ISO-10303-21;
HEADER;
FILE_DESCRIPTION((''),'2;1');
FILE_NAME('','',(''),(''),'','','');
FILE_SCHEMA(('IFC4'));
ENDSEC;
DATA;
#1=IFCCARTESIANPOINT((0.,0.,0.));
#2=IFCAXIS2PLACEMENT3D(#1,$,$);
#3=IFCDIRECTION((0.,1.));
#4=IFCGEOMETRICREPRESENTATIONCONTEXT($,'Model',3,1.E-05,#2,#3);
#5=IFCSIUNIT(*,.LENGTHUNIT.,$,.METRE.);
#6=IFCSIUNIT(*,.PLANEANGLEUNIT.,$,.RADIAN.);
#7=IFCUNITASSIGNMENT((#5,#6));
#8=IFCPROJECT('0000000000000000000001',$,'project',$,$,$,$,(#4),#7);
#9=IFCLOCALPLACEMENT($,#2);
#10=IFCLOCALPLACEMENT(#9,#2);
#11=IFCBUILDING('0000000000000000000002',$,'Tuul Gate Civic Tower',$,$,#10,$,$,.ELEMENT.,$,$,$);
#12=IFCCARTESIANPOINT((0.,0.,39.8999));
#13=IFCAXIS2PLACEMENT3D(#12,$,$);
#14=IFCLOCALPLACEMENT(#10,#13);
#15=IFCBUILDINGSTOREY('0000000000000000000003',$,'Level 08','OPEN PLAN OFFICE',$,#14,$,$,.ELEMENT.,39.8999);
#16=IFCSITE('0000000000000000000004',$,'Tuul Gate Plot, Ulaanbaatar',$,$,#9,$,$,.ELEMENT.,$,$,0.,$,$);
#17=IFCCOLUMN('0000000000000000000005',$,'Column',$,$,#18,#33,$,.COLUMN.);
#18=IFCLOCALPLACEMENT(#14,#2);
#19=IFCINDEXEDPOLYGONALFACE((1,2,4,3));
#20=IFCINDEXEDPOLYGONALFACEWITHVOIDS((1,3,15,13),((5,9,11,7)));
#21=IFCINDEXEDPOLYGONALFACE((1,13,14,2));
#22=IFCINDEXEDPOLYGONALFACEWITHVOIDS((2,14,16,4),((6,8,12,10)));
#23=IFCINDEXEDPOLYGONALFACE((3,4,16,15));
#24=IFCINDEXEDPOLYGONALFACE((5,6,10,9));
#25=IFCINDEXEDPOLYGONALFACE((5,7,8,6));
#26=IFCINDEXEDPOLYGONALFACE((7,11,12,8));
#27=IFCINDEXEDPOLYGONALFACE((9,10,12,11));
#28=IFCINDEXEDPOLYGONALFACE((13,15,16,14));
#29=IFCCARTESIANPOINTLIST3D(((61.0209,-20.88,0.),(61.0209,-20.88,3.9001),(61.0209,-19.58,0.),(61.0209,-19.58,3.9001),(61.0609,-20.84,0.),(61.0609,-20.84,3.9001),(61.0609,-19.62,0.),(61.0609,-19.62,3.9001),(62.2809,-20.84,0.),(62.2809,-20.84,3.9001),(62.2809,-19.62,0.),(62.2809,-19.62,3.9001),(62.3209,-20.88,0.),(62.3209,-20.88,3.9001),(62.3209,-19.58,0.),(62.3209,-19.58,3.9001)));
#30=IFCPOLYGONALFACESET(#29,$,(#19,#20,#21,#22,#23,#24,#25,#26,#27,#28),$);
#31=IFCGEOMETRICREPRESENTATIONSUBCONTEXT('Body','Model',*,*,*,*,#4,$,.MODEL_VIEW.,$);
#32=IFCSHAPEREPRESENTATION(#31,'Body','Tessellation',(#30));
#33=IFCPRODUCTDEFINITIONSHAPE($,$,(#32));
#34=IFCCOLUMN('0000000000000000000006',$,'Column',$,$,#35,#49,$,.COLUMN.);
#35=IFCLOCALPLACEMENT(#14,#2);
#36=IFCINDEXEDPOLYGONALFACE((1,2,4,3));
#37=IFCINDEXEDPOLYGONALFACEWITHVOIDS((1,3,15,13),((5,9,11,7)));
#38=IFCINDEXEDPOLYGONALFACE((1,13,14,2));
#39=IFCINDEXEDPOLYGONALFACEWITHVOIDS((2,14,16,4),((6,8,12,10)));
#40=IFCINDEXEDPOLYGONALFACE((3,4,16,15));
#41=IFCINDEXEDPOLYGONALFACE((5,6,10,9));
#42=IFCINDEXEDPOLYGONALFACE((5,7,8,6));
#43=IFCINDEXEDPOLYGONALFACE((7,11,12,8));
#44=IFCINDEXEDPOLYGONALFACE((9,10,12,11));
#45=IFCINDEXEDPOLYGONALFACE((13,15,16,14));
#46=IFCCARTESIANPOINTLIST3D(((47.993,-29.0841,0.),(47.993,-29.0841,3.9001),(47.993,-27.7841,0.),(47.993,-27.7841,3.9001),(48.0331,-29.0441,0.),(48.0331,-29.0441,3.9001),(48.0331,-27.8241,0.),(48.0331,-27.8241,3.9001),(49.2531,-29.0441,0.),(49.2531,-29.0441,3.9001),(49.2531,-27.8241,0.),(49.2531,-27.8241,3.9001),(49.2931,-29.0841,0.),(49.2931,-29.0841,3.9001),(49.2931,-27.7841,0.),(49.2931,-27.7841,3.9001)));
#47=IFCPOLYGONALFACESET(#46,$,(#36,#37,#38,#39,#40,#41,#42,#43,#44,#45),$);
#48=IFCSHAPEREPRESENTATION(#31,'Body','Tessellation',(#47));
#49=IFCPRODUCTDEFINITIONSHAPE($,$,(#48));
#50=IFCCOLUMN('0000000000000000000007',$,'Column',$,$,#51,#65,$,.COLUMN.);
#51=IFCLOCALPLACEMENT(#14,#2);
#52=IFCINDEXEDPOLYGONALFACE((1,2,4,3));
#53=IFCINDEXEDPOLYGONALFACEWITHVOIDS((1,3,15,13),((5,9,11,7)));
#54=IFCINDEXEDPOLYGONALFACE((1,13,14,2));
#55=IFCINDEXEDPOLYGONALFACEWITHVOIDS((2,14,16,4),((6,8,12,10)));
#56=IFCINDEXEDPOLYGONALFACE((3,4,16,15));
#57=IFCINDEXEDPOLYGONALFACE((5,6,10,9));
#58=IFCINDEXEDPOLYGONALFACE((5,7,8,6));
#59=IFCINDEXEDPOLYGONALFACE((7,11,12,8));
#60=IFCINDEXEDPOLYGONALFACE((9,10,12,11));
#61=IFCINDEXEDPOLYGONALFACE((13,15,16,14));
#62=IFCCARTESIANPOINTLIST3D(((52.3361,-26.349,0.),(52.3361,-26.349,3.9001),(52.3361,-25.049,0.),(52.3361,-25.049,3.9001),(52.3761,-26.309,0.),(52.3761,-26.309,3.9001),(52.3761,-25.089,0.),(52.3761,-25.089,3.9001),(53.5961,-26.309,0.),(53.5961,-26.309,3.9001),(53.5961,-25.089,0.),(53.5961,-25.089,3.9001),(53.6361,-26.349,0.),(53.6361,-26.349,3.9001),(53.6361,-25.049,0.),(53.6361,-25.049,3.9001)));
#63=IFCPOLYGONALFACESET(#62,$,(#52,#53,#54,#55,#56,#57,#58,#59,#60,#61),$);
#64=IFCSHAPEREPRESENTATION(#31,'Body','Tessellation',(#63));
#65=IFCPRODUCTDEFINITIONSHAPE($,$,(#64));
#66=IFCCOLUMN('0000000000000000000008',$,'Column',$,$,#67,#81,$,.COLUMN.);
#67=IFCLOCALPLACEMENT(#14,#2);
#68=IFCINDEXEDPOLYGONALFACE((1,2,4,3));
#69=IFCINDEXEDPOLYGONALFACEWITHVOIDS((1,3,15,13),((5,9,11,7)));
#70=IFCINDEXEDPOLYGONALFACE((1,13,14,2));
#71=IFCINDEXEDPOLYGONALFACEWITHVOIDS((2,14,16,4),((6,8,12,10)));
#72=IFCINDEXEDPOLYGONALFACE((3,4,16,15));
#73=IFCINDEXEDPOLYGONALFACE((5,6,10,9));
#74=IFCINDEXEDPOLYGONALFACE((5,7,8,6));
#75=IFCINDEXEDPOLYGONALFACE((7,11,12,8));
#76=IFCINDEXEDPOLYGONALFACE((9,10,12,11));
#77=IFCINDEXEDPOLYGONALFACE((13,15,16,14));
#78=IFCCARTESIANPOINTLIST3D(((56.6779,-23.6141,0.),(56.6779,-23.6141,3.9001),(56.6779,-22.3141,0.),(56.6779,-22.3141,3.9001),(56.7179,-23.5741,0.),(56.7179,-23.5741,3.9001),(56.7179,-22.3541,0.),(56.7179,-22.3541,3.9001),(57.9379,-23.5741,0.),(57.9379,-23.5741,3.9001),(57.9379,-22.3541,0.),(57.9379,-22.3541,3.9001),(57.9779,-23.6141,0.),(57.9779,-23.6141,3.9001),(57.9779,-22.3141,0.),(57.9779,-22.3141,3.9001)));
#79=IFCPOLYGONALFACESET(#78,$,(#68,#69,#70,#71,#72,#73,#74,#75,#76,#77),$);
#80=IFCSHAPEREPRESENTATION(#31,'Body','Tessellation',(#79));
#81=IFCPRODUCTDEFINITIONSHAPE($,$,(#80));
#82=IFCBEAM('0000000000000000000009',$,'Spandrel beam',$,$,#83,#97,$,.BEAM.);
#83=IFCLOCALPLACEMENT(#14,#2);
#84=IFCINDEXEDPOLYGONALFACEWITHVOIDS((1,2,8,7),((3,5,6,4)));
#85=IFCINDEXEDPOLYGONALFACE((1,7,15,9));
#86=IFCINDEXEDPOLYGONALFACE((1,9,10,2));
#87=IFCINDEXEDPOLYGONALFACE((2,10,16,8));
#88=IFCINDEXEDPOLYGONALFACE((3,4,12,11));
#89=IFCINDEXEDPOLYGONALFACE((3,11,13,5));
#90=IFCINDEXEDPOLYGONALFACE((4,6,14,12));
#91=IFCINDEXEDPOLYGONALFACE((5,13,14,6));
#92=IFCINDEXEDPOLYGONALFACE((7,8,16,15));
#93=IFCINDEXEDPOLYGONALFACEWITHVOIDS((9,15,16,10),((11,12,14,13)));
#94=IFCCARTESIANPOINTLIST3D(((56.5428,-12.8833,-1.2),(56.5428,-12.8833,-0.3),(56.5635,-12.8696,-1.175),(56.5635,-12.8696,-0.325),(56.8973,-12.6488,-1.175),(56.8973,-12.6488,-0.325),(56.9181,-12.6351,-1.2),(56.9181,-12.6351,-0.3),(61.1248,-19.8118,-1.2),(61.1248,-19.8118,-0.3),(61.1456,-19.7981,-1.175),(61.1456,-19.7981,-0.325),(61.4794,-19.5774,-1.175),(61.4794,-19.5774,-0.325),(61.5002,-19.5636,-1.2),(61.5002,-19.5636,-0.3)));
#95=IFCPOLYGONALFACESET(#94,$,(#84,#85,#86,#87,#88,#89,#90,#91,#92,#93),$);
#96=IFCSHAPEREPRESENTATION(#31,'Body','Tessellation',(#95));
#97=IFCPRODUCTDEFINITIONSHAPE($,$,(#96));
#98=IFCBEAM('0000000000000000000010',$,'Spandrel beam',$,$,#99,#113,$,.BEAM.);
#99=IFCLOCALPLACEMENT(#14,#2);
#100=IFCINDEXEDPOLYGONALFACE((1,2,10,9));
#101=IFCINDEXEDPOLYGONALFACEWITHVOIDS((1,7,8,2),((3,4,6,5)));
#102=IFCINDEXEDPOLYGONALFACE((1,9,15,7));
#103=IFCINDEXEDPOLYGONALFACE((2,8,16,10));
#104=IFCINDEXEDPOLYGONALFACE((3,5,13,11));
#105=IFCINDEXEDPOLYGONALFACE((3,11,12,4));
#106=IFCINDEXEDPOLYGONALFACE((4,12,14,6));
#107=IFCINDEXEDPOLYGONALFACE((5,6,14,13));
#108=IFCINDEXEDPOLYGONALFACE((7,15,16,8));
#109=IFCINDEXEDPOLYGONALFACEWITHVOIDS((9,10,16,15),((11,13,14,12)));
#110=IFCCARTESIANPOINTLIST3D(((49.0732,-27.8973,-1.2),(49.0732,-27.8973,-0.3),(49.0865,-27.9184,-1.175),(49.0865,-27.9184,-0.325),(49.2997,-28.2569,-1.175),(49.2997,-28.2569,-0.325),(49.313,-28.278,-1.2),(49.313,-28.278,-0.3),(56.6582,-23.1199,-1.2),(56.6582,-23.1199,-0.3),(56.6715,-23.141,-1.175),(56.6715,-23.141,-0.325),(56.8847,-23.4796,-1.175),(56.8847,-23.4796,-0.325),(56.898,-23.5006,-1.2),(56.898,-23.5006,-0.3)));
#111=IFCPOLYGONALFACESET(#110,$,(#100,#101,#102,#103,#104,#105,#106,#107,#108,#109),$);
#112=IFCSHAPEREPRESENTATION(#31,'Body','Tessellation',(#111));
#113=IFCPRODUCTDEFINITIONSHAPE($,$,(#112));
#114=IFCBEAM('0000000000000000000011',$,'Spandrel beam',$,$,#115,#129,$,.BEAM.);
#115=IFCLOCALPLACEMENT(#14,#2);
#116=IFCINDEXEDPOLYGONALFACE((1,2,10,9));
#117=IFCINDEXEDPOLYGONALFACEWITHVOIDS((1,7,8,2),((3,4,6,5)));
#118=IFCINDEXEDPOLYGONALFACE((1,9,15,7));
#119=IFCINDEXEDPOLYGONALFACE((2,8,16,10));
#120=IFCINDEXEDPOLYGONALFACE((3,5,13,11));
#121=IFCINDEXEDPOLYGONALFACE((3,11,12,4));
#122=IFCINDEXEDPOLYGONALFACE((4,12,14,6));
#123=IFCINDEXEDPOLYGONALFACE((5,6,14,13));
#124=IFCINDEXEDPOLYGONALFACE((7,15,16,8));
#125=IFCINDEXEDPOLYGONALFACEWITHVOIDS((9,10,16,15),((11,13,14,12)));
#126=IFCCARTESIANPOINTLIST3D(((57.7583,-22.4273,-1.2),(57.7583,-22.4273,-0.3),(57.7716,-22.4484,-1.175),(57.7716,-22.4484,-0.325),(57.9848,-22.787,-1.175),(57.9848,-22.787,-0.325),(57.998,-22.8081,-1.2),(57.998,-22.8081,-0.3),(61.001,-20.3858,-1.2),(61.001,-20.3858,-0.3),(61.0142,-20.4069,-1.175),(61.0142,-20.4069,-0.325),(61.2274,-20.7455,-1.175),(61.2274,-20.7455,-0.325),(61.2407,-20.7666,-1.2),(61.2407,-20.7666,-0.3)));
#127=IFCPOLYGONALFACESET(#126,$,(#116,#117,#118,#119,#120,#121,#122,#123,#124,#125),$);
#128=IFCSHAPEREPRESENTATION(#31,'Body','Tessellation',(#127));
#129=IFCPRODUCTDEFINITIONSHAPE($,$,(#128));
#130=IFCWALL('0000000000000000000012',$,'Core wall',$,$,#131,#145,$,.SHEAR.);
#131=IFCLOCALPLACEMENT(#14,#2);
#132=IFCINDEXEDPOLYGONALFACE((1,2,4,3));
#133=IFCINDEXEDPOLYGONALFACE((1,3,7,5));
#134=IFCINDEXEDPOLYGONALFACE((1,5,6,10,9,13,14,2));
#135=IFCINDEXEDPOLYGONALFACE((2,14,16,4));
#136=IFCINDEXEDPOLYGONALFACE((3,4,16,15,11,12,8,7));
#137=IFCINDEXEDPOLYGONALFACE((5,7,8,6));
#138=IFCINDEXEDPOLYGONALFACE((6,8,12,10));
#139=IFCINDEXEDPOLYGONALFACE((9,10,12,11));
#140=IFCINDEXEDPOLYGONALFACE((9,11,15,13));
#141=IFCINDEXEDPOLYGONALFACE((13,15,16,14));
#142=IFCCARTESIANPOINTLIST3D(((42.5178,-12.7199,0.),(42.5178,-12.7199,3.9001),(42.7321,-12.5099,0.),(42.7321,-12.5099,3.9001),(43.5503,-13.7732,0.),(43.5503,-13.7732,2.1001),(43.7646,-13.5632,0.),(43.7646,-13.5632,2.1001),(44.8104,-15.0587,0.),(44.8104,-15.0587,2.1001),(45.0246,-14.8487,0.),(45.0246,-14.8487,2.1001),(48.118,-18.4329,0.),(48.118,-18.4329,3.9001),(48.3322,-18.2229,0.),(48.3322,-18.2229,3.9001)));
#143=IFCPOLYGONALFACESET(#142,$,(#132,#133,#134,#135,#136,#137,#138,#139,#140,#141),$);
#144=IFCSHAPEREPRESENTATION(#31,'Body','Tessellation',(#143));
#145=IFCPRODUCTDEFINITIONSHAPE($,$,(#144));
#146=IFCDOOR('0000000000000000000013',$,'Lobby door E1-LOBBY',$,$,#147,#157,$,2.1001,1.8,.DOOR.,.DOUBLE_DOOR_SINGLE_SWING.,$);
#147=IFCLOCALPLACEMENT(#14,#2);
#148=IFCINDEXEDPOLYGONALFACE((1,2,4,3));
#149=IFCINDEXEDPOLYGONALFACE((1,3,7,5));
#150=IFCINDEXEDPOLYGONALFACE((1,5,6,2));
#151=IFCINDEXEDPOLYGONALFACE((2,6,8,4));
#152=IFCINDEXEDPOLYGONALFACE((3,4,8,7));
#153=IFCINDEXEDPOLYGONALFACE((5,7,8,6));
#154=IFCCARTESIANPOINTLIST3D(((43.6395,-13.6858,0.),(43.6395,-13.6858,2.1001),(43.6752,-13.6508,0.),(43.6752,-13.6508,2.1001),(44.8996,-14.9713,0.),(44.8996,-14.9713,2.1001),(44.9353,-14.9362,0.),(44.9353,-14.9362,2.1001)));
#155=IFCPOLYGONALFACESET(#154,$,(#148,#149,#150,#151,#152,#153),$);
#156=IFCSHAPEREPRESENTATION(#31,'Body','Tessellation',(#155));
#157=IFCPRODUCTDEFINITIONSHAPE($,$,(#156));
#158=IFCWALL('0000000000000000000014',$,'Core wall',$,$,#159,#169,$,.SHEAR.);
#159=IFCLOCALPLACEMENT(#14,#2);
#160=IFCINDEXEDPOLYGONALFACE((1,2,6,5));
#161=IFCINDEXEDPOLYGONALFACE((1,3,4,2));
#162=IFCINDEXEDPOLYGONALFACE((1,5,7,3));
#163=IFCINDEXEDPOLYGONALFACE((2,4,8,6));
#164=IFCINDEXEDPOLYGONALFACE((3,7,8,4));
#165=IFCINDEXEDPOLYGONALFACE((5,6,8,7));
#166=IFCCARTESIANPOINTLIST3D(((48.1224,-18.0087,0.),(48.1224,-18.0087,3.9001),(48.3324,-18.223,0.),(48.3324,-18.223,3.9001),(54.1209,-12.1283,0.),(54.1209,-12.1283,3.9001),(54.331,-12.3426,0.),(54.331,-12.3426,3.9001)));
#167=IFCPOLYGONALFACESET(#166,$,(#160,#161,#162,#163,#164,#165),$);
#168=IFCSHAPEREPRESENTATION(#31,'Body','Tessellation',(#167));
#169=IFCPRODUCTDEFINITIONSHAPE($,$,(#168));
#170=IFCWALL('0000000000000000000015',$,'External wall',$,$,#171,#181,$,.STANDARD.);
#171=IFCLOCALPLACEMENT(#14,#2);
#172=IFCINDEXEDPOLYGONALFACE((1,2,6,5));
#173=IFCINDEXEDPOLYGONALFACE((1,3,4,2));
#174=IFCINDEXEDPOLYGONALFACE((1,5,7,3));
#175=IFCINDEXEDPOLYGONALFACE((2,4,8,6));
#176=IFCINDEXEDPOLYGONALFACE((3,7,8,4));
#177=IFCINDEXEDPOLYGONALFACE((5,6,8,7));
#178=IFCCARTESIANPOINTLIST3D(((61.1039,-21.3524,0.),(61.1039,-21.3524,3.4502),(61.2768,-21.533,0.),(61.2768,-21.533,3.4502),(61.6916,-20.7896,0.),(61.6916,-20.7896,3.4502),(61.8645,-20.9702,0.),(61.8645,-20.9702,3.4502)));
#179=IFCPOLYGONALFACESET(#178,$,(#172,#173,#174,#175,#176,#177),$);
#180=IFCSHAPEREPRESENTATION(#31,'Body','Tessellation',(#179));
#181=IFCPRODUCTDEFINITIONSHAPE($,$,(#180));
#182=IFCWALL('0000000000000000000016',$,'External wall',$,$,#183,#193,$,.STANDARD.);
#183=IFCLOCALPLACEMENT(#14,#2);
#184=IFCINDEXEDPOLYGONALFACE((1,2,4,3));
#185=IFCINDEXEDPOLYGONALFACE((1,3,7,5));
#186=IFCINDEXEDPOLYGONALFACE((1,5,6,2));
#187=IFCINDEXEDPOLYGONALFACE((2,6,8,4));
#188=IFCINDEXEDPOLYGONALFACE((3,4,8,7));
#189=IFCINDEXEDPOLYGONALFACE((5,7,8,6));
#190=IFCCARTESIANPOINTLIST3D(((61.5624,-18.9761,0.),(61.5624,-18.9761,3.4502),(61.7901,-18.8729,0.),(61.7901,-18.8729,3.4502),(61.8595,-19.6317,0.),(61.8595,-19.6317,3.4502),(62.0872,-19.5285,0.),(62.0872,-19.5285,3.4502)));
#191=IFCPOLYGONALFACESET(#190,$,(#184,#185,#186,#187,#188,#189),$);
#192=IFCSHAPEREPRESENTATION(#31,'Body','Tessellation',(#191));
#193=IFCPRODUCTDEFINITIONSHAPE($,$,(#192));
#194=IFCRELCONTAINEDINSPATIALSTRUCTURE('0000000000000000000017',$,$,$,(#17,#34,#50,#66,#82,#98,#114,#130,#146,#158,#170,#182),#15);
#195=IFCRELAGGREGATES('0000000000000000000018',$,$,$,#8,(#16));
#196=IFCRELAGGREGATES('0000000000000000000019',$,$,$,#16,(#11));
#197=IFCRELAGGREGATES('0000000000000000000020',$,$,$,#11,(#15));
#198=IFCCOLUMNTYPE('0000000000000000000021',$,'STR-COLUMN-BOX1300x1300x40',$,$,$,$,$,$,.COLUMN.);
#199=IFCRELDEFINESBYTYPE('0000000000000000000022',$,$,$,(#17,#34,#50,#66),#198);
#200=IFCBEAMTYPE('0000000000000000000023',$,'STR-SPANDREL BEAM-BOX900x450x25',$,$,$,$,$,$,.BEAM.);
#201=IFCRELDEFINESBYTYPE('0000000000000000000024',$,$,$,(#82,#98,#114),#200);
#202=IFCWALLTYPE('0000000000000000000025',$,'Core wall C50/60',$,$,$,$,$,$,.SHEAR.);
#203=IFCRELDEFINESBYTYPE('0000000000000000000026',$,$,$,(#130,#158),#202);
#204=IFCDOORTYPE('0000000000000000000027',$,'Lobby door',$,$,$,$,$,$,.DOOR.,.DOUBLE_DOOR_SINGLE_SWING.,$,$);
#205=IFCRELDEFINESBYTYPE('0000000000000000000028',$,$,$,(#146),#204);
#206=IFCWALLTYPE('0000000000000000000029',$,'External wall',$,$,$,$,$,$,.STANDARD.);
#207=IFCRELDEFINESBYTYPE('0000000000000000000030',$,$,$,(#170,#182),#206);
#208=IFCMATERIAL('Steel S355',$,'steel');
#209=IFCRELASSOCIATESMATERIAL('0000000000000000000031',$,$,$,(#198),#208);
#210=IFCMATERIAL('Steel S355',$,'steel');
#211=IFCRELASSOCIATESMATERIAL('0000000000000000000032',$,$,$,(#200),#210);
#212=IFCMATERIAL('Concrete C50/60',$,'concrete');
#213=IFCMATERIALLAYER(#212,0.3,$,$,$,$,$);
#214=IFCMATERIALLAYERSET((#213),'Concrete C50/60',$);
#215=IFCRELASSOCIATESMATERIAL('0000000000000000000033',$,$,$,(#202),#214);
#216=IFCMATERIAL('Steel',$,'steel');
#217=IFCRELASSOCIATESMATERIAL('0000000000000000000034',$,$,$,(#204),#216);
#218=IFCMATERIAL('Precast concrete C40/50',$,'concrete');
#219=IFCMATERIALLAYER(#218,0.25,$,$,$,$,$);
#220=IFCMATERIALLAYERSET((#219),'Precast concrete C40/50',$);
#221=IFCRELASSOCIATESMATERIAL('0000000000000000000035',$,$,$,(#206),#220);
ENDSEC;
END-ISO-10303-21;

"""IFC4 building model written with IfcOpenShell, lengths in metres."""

from ifc_helpers import new_model, si_unit, direction, frame, frame_2d, origin, origin_2d, place, context, subcontext, project, spatial, rectangle, hollow_rectangle, extrude, material, layer, layer_set, material_profile, profile_set, type_object, element, fill, save


model = new_model("IFC4")

# Units and contexts
model_context = context("Model", 3, precision=1e-05, world=origin(), true_north=direction((0.0, 1.0)))
body_context = subcontext(model_context, "Body", "Model", "MODEL_VIEW")
ifc_project = project(units=[si_unit("LENGTHUNIT", "METRE"), si_unit("PLANEANGLEUNIT", "RADIAN")], contexts=[model_context])

# Site, building, storey
site_placement = place(None, origin())
site = spatial("IfcSite", under=ifc_project, at=site_placement, Name="Tuul Gate Plot, Ulaanbaatar", CompositionType="ELEMENT", RefElevation=0.0)
building_placement = place(site_placement, origin())
building = spatial("IfcBuilding", under=site, at=building_placement, Name="Tuul Gate Civic Tower", CompositionType="ELEMENT")
storey_placement = place(building_placement, frame((0.0, 0.0, 39.8999)))
storey = spatial("IfcBuildingStorey", under=building, at=storey_placement, Name="Level 08", Description="OPEN PLAN OFFICE", CompositionType="ELEMENT", Elevation=39.8999)

# Columns
ifc_material_1 = material(Name="Steel S355", Category="steel")
ifc_material_profile_1 = material_profile(ifc_material_1, hollow_rectangle(XDim=1.3, YDim=1.3, WallThickness=0.04, at=origin_2d()), Name="BOX1300x1300x40")
ifc_profile_set_1 = profile_set([ifc_material_profile_1], Name="Steel S355")
column_type = type_object("IfcColumnType", Name="STR-COLUMN-BOX1300x1300x40", PredefinedType="COLUMN", material=ifc_profile_set_1)
for number, where, z_axis, x_axis, name in (
    (1, (61.6709, -20.23, 0.0), (0.0, 0.0, 1.0), (1.0, 0.0, 0.0), "Column"),
    (2, (48.6431, -28.4341, 0.0), (0.0, 0.0, 1.0), (1.0, 0.0, 0.0), "Column"),
    (3, (52.9861, -25.699, 0.0), (0.0, 0.0, 1.0), (1.0, 0.0, 0.0), "Column"),
    (4, (57.3279, -22.9641, 0.0), (0.0, 0.0, 1.0), (1.0, 0.0, 0.0), "Column"),
):
    element("IfcColumn", number, at=place(storey_placement, frame(where, z_axis=z_axis, x_axis=x_axis)), inside=storey, type_object=column_type, Name=name, PredefinedType="COLUMN", context=body_context, shape_type="SweptSolid", body=[
        extrude(hollow_rectangle(XDim=1.3, YDim=1.3, WallThickness=0.04, at=origin_2d()), origin(), (0.0, 0.0, 1.0), 3.9001),
    ])

# Beams
ifc_material_2 = material(Name="Steel S355", Category="steel")
ifc_material_profile_2 = material_profile(ifc_material_2, hollow_rectangle(XDim=0.45, YDim=0.8999, WallThickness=0.0249, at=origin_2d()), Name="BOX900x450x25")
ifc_profile_set_2 = profile_set([ifc_material_profile_2], Name="Steel S355")
beam_type = type_object("IfcBeamType", Name="STR-SPANDREL BEAM-BOX900x450x25", PredefinedType="BEAM", material=ifc_profile_set_2)
beam_1_placement = place(storey_placement, frame((61.3125, -19.6877, -0.75), z_axis=(-0.551617, 0.834097, 0.0), x_axis=(-0.834097, -0.551617, 0.0)))
element("IfcBeam", 5, at=beam_1_placement, inside=storey, type_object=beam_type, Name="Spandrel beam", PredefinedType="BEAM", context=body_context, shape_type="SweptSolid", body=[
    extrude(hollow_rectangle(XDim=0.45, YDim=0.8999, WallThickness=0.0249, at=origin_2d()), origin(), (0.0, 0.0, 1.0), 8.3066),
])
beam_2_placement = place(storey_placement, frame((49.1931, -28.0876, -0.75), z_axis=(0.846151, 0.532943, 0.0), x_axis=(-0.532943, 0.846151, 0.0)))
element("IfcBeam", 6, at=beam_2_placement, inside=storey, type_object=beam_type, Name="Spandrel beam", PredefinedType="BEAM", context=body_context, shape_type="SweptSolid", body=[
    extrude(hollow_rectangle(XDim=0.45, YDim=0.8999, WallThickness=0.0249, at=origin_2d()), origin(), (0.0, 0.0, 1.0), 8.9641),
])
beam_3_placement = place(storey_placement, frame((57.8782, -22.6177, -0.75), z_axis=(0.846254, 0.532779, 0.0), x_axis=(-0.532779, 0.846254, 0.0)))
element("IfcBeam", 7, at=beam_3_placement, inside=storey, type_object=beam_type, Name="Spandrel beam", PredefinedType="BEAM", context=body_context, shape_type="SweptSolid", body=[
    extrude(hollow_rectangle(XDim=0.45, YDim=0.8999, WallThickness=0.0249, at=origin_2d()), origin(), (0.0, 0.0, 1.0), 3.8318),
])

# Wall, opening, door
ifc_material_3 = material(Name="Concrete C50/60", Category="concrete")
ifc_layer_1 = layer(ifc_material_3, 0.3)
ifc_layer_set_1 = layer_set([ifc_layer_1], Name="Concrete C50/60")
wall_type_1 = type_object("IfcWallType", Name="Core wall C50/60", PredefinedType="SHEAR", material=ifc_layer_set_1)
wall_1_placement = place(storey_placement, frame((48.2251, -18.3279, 0.0), z_axis=(0.0, 0.0, 1.0), x_axis=(-0.700022, 0.714121, 0.0)))
wall_1 = element("IfcWall", 8, at=wall_1_placement, inside=storey, type_object=wall_type_1, Name="Core wall", PredefinedType="SHEAR", context=body_context, shape_type="SweptSolid", body=[
    extrude(rectangle(XDim=8.0, YDim=0.3, at=frame_2d((4.0, 0.0))), origin(), (0.0, 0.0, 1.0), 3.9001),
])
opening_1_placement = place(wall_1_placement, frame((4.7251, 0.0, 0.0)))
opening_1 = element("IfcOpeningElement", 9, at=opening_1_placement, cuts=wall_1, PredefinedType="OPENING", context=body_context, shape_type="SweptSolid", body=[
    extrude(rectangle(XDim=1.8, YDim=2.1001, at=frame_2d((0.8999, 1.05))), frame((0.0, 0.1602, 0.0), z_axis=(0.0, -1.0, 0.0), x_axis=(1.0, 0.0, 0.0)), (0.0, 0.0, 1.0), 0.3201),
])
ifc_material_4 = material(Name="Steel", Category="steel")
door_type = type_object("IfcDoorType", Name="Lobby door", OperationType="DOUBLE_DOOR_SINGLE_SWING", PredefinedType="DOOR", material=ifc_material_4)
door_placement = place(opening_1_placement, frame((1.8, 0.0, 0.0), z_axis=(0.0, 0.0, 1.0), x_axis=(-1.0, 0.0, 0.0)))
door = element("IfcDoor", 10, at=door_placement, inside=storey, type_object=door_type, Name="Lobby door E1-LOBBY", OperationType="DOUBLE_DOOR_SINGLE_SWING", OverallHeight=2.1001, OverallWidth=1.8, PredefinedType="DOOR", context=body_context, shape_type="SweptSolid", body=[
    extrude(rectangle(XDim=1.8, YDim=2.1001, at=frame_2d((0.9001, 1.05))), frame((0.0, 0.0249, 0.0), z_axis=(0.0, -1.0, 0.0), x_axis=(1.0, 0.0, 0.0)), (0.0, 0.0, 1.0), 0.05),
])
fill(opening_1, door)

# Walls
wall_2_placement = place(storey_placement, frame((48.2273, -18.116, 0.0), z_axis=(0.0, 0.0, 1.0), x_axis=(0.714105, 0.700038, 0.0)))
element("IfcWall", 11, at=wall_2_placement, inside=storey, type_object=wall_type_1, Name="Core wall", PredefinedType="SHEAR", context=body_context, shape_type="SweptSolid", body=[
    extrude(rectangle(XDim=8.4001, YDim=0.3, at=frame_2d((4.2002, 0.0))), origin(), (0.0, 0.0, 1.0), 3.9001),
])
ifc_material_5 = material(Name="Precast concrete C40/50", Category="concrete")
ifc_layer_2 = layer(ifc_material_5, 0.25)
ifc_layer_set_2 = layer_set([ifc_layer_2], Name="Precast concrete C40/50")
wall_type_2 = type_object("IfcWallType", Name="External wall", PredefinedType="STANDARD", material=ifc_layer_set_2)
wall_3_placement = place(storey_placement, frame((61.1904, -21.4426, 0.0), z_axis=(0.0, 0.0, 1.0), x_axis=(0.722244, 0.691638, 0.0)))
element("IfcWall", 12, at=wall_3_placement, inside=storey, type_object=wall_type_2, Name="External wall", PredefinedType="STANDARD", context=body_context, shape_type="SweptSolid", body=[
    extrude(rectangle(XDim=0.8137, YDim=0.25, at=frame_2d((0.4067, 0.0))), origin(), (0.0, 0.0, 1.0), 3.4502),
])
wall_4_placement = place(storey_placement, frame((61.9734, -19.5801, 0.0), z_axis=(0.0, 0.0, 1.0), x_axis=(-0.412832, 0.910807, 0.0)))
element("IfcWall", 13, at=wall_4_placement, inside=storey, type_object=wall_type_2, Name="External wall", PredefinedType="STANDARD", context=body_context, shape_type="SweptSolid", body=[
    extrude(rectangle(XDim=0.7197, YDim=0.25, at=frame_2d((0.3599, 0.0))), origin(), (0.0, 0.0, 1.0), 3.4502),
])

save(model, "model.ifc")
